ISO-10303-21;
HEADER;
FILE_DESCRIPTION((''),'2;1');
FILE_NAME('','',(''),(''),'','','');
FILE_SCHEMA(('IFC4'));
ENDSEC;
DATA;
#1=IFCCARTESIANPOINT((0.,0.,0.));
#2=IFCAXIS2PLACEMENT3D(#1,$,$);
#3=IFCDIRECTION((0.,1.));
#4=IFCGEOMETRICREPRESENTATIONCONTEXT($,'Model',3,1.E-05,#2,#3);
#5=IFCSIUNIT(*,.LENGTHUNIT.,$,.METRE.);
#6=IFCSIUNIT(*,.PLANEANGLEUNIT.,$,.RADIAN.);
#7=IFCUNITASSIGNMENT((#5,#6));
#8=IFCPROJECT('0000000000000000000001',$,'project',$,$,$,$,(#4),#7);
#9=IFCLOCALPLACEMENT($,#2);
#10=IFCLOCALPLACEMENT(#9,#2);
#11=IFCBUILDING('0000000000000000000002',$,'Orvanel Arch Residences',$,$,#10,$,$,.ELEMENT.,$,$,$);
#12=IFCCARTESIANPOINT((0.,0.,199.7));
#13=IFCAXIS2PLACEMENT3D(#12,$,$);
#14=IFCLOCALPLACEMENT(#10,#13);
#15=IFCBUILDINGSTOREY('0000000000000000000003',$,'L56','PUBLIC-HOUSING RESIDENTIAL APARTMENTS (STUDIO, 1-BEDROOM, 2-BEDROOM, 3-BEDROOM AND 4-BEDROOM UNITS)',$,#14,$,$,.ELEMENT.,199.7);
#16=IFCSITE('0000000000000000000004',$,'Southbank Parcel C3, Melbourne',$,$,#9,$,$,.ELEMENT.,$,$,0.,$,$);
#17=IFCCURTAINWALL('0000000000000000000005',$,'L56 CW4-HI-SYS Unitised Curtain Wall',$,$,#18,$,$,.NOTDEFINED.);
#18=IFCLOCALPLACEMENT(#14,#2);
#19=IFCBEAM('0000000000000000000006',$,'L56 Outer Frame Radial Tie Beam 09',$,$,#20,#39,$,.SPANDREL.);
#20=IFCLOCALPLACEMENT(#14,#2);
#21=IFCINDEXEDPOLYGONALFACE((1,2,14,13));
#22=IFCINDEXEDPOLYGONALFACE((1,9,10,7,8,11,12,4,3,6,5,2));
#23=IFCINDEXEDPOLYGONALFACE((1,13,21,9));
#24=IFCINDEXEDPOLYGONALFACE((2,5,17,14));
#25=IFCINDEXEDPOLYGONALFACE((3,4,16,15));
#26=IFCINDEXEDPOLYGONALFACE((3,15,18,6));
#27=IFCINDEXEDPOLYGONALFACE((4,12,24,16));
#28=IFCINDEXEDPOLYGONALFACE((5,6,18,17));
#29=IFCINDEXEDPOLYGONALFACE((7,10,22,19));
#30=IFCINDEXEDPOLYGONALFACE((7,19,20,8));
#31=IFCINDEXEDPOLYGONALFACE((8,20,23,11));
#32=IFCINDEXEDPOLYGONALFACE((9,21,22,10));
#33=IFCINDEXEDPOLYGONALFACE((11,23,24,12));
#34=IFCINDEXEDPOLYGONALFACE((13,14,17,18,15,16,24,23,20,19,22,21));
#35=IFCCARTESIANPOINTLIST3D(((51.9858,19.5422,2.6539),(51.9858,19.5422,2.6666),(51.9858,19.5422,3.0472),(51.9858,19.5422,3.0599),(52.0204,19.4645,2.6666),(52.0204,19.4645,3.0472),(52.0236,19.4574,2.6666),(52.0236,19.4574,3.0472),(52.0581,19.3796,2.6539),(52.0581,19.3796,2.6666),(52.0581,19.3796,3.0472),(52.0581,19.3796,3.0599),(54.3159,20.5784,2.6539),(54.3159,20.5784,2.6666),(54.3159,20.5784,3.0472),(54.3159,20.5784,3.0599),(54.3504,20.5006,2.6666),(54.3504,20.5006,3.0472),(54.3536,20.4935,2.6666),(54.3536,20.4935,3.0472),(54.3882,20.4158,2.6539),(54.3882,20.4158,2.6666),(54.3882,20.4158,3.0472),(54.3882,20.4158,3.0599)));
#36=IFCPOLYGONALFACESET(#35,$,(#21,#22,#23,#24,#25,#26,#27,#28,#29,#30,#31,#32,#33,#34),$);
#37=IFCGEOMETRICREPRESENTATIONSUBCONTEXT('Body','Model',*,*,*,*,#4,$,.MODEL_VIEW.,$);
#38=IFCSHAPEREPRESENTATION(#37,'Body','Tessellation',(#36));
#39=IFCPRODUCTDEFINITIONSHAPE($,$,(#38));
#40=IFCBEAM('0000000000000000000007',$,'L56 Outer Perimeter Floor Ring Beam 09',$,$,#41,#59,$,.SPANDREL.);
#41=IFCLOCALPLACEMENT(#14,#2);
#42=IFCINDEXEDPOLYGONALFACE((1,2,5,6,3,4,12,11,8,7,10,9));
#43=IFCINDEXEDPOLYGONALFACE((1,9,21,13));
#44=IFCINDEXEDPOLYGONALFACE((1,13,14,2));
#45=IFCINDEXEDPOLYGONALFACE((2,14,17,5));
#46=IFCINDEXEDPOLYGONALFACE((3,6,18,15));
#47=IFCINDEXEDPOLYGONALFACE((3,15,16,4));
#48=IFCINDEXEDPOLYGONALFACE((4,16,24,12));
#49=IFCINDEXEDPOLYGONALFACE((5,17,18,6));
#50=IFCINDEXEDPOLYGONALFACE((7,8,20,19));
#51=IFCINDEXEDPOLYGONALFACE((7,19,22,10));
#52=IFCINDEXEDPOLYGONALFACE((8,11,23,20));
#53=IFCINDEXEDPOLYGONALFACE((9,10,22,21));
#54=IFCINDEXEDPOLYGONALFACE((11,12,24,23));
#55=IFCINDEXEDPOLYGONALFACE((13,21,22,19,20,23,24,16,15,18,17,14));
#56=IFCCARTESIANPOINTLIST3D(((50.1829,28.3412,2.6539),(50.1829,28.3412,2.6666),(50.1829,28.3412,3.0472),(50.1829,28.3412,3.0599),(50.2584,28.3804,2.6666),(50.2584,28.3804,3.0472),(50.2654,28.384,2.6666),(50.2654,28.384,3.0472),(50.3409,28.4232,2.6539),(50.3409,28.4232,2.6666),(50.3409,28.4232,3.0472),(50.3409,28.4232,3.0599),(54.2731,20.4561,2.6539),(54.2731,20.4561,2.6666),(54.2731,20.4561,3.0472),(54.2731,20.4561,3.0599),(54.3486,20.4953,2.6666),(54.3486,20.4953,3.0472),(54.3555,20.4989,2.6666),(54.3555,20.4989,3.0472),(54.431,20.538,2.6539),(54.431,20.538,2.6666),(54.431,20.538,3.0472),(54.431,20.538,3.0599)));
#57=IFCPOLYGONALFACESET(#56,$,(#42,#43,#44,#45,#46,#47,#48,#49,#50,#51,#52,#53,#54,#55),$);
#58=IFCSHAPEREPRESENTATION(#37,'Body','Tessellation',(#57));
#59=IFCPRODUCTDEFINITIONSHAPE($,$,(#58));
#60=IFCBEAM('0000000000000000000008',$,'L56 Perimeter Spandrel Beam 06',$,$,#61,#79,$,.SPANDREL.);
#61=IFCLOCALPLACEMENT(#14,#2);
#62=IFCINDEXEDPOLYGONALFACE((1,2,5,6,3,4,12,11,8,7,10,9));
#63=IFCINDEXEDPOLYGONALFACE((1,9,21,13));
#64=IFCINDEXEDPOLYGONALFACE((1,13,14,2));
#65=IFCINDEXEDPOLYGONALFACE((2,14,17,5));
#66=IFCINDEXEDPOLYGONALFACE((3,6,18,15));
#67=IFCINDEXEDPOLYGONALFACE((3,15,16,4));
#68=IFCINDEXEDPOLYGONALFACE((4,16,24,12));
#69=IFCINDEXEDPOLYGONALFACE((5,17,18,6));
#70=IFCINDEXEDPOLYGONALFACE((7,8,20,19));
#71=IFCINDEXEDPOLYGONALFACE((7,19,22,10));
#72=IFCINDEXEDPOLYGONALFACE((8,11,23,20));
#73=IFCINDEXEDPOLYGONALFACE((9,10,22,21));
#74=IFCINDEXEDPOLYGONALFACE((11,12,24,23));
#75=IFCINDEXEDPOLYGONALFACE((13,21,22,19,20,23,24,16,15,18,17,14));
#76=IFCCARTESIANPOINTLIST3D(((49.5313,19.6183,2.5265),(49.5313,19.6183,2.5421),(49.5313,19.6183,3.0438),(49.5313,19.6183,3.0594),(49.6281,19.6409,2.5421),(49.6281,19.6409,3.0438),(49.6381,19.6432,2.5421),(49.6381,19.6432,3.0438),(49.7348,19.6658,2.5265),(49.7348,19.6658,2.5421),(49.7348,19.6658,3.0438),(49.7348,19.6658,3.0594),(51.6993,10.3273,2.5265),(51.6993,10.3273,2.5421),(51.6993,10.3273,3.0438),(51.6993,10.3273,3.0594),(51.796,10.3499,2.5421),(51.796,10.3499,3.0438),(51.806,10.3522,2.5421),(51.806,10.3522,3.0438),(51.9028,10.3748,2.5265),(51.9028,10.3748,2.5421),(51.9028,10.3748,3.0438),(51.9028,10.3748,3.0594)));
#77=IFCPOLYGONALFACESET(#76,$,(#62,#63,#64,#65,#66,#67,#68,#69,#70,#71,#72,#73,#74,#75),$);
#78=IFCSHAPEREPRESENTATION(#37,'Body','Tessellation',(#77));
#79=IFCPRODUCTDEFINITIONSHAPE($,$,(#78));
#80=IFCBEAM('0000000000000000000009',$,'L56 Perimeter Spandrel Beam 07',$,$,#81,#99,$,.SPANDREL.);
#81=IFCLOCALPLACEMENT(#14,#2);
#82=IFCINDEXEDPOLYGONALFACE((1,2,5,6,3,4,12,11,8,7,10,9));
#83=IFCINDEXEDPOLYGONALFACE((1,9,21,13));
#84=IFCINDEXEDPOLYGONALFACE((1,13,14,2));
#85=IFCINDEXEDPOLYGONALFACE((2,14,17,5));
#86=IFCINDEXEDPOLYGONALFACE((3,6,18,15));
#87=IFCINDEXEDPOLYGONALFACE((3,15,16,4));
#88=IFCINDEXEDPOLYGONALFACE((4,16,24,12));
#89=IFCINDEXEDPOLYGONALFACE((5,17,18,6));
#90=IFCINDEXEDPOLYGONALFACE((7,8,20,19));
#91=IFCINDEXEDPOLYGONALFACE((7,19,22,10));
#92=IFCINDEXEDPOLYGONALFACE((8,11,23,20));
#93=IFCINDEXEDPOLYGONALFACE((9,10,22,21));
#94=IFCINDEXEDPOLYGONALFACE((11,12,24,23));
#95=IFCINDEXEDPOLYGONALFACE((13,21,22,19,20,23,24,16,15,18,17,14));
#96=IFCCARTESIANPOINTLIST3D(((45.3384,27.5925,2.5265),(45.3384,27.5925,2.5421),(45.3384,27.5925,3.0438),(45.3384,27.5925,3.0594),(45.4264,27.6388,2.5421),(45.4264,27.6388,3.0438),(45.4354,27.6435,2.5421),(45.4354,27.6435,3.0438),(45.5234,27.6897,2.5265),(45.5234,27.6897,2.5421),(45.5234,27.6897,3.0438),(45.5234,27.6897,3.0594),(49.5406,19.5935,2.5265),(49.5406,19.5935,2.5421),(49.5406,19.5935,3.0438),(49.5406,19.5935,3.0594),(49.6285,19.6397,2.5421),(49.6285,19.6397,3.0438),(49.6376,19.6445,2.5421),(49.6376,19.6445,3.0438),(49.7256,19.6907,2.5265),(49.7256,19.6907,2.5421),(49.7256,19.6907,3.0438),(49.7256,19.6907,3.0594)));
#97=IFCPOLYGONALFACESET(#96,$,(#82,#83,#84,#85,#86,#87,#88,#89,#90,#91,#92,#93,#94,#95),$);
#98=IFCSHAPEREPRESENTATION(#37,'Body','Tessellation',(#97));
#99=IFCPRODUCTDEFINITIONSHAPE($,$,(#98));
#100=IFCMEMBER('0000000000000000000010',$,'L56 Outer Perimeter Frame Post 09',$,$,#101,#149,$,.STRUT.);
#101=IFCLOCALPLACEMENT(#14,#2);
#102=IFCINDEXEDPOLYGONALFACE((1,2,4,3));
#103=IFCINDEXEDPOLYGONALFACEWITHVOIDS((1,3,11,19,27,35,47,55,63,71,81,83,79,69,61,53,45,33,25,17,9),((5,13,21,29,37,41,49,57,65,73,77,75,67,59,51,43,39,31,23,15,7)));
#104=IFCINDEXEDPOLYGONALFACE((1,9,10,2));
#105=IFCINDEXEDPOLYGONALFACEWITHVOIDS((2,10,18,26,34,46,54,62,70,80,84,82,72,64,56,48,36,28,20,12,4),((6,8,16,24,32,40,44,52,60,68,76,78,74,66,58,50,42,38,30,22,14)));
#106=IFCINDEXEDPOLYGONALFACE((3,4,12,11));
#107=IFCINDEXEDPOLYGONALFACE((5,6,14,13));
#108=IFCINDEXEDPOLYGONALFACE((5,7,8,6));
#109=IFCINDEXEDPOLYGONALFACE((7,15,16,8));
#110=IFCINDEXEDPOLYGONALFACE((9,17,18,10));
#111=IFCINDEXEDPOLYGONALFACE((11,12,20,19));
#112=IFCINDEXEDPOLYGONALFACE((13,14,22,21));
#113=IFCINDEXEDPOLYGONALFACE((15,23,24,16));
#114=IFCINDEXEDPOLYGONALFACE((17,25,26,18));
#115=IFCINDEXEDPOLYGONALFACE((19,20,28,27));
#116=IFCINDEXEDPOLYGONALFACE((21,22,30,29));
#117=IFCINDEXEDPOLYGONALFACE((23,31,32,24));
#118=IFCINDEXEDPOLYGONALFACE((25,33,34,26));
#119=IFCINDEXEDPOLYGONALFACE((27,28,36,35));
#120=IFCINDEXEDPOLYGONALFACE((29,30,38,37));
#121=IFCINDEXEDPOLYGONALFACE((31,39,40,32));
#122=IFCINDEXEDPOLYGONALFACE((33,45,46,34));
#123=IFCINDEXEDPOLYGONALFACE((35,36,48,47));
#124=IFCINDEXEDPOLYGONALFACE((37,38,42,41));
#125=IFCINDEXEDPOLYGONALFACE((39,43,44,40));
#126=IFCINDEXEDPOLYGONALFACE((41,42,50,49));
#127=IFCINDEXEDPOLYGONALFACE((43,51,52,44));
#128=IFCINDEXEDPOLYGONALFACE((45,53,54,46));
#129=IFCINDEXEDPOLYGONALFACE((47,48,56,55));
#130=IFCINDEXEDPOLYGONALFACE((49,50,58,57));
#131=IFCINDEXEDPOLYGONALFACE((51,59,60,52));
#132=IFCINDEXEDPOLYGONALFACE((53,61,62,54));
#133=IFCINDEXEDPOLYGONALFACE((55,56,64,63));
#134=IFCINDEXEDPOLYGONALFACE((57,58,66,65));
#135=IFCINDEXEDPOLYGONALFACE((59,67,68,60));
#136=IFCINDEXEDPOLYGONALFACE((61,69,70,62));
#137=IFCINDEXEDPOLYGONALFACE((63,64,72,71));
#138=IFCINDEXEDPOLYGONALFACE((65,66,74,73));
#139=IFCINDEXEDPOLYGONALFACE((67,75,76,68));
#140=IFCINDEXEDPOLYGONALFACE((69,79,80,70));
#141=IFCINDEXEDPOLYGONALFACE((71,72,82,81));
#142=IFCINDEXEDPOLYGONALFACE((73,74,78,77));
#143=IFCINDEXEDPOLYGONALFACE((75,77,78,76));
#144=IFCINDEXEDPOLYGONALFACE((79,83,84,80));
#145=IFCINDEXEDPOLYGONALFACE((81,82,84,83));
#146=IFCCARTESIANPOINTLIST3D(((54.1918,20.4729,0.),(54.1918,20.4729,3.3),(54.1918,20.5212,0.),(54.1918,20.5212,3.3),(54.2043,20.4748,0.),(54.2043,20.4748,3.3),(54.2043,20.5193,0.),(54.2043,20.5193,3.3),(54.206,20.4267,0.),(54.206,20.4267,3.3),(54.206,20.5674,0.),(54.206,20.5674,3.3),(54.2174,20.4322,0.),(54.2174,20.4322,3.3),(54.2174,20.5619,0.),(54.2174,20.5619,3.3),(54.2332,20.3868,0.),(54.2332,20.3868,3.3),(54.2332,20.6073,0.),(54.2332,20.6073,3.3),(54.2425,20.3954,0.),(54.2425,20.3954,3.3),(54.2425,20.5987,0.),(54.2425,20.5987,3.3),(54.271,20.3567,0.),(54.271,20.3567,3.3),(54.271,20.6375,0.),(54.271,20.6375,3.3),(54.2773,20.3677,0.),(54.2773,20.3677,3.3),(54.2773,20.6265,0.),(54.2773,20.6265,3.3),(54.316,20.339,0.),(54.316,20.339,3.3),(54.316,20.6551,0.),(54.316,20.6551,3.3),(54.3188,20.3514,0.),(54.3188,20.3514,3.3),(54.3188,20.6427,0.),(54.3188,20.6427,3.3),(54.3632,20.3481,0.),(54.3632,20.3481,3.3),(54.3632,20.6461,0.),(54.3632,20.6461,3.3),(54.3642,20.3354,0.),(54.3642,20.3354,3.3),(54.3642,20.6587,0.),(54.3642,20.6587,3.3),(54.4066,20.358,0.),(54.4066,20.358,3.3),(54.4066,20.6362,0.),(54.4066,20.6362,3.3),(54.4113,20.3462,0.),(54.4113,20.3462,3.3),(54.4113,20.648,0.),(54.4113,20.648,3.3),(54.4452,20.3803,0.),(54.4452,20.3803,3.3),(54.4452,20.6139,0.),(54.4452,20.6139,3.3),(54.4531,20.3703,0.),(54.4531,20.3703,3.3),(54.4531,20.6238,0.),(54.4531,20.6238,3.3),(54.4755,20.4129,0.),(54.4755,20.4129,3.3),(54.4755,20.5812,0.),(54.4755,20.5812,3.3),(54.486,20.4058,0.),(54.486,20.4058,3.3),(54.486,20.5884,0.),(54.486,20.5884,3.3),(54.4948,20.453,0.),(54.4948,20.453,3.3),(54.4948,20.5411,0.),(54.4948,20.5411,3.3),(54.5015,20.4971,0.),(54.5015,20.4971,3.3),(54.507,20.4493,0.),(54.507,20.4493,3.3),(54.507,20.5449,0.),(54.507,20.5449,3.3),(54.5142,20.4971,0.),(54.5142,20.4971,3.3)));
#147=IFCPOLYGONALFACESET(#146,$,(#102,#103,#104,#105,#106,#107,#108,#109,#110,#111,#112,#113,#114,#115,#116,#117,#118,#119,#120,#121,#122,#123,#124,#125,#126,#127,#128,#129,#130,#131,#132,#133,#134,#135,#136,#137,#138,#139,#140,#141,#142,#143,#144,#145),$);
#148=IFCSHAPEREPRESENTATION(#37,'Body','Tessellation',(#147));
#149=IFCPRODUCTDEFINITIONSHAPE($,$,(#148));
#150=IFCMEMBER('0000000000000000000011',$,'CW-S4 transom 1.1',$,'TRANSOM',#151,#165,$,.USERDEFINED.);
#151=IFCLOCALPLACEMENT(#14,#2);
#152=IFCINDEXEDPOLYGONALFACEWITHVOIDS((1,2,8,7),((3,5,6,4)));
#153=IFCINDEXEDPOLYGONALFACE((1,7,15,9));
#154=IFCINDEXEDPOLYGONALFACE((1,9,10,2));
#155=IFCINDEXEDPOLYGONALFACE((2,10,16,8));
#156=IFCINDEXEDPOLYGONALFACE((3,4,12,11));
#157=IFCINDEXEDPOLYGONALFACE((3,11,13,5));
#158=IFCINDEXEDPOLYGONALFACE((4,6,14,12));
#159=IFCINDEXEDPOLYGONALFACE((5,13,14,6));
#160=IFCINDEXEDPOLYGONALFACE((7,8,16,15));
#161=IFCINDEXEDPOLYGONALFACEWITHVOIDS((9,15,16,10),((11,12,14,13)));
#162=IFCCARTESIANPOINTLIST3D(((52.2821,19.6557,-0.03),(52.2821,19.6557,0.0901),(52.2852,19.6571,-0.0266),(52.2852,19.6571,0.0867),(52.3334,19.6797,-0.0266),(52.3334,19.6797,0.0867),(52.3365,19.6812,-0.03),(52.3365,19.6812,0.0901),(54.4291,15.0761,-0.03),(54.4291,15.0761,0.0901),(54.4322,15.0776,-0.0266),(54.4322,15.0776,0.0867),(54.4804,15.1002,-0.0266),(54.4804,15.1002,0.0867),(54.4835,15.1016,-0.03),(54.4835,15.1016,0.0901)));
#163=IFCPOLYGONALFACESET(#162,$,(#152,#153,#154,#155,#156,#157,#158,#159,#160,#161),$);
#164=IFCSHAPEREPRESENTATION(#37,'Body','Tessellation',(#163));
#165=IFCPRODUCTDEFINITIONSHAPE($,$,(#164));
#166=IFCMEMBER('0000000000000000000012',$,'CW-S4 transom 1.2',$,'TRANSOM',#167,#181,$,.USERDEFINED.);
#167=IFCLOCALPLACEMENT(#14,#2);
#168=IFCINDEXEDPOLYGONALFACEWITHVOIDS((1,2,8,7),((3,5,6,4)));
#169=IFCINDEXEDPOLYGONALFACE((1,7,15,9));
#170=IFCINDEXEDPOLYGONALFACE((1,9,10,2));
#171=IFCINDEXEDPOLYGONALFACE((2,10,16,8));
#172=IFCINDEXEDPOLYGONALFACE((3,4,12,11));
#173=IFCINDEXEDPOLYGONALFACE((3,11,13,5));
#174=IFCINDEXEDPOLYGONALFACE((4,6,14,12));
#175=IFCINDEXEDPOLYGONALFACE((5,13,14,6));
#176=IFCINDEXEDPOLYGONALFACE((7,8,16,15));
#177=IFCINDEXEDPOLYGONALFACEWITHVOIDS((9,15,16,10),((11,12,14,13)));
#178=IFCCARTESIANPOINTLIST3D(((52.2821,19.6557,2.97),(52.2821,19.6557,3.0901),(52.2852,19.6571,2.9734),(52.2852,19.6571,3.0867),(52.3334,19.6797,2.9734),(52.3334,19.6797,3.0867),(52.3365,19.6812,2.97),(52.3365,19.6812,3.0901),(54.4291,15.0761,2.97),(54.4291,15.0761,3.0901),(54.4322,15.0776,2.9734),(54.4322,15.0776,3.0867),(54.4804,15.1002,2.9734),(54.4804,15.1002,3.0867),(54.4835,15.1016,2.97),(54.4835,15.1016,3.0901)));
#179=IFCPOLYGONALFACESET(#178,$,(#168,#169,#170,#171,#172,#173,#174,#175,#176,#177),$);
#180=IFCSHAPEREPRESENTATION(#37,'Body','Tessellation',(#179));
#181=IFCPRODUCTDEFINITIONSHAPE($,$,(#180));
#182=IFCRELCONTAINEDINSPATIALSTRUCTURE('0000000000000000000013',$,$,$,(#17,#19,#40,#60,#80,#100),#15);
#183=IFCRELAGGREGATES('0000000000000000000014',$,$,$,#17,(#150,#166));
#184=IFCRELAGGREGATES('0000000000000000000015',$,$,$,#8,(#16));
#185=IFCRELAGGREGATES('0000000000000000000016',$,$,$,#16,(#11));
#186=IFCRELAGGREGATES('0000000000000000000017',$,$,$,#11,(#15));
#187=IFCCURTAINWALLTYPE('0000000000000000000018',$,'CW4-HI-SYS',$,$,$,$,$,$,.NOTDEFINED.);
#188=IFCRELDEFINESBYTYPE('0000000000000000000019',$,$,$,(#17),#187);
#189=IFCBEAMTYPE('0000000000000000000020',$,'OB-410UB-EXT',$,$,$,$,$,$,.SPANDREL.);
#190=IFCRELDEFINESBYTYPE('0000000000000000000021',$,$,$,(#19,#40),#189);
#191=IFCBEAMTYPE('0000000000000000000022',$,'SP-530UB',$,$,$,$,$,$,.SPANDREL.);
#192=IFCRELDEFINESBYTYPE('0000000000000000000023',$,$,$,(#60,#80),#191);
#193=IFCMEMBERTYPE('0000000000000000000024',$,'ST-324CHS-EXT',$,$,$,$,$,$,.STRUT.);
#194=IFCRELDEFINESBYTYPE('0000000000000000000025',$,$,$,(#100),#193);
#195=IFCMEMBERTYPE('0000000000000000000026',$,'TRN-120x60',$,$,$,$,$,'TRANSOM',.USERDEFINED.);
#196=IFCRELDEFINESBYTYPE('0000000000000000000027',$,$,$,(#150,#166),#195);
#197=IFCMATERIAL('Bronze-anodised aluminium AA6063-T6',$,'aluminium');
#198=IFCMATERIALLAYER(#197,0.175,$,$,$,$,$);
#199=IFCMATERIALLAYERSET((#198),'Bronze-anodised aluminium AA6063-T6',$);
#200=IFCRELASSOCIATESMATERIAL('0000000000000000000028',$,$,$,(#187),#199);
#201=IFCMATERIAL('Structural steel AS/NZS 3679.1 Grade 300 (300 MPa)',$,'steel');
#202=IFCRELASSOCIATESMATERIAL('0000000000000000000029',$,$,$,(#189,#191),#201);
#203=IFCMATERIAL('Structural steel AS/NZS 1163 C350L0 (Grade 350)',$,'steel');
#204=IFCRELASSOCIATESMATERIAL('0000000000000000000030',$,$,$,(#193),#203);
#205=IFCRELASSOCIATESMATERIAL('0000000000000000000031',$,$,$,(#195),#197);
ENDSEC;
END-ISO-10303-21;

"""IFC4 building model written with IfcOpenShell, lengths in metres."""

from ifc_helpers import new_model, si_unit, direction, frame, origin, origin_2d, place, context, subcontext, project, spatial, hollow_rectangle, hollow_circle, i_section, extrude, material, layer, layer_set, material_profile, profile_set, type_object, element, aggregate, save


model = new_model("IFC4")

# Units and contexts
model_context = context("Model", 3, precision=1e-05, world=origin(), true_north=direction((0.0, 1.0)))
body_context = subcontext(model_context, "Body", "Model", "MODEL_VIEW")
ifc_project = project(units=[si_unit("LENGTHUNIT", "METRE"), si_unit("PLANEANGLEUNIT", "RADIAN")], contexts=[model_context])

# Site, building, storey
site_placement = place(None, origin())
site = spatial("IfcSite", under=ifc_project, at=site_placement, Name="Southbank Parcel C3, Melbourne", CompositionType="ELEMENT", RefElevation=0.0)
building_placement = place(site_placement, origin())
building = spatial("IfcBuilding", under=site, at=building_placement, Name="Orvanel Arch Residences", CompositionType="ELEMENT")
storey_placement = place(building_placement, frame((0.0, 0.0, 199.7)))
storey = spatial("IfcBuildingStorey", under=building, at=storey_placement, Name="L56", Description="PUBLIC-HOUSING RESIDENTIAL APARTMENTS (STUDIO, 1-BEDROOM, 2-BEDROOM, 3-BEDROOM AND 4-BEDROOM UNITS)", CompositionType="ELEMENT", Elevation=199.7)

# Shared definitions
ifc_material_1 = material(Name="Bronze-anodised aluminium AA6063-T6", Category="aluminium")

# Shared definitions
ifc_layer_1 = layer(ifc_material_1, 0.175)
ifc_layer_set_1 = layer_set([ifc_layer_1], Name="Bronze-anodised aluminium AA6063-T6")
curtain_wall_type_1 = type_object("IfcCurtainWallType", Name="CW4-HI-SYS", PredefinedType="NOTDEFINED", material=ifc_layer_set_1)

# Curtain wall
curtain_wall_1_placement = place(storey_placement, origin())
curtain_wall_1 = element("IfcCurtainWall", 1, at=curtain_wall_1_placement, inside=storey, type_object=curtain_wall_type_1, Name="L56 CW4-HI-SYS Unitised Curtain Wall", PredefinedType="NOTDEFINED")

# Beams
ifc_material_2 = material(Name="Structural steel AS/NZS 3679.1 Grade 300 (300 MPa)", Category="steel")
ifc_material_profile_1 = material_profile(ifc_material_2, i_section(OverallWidth=0.178, OverallDepth=0.406, WebThickness=0.0078, FlangeThickness=0.0127, at=origin_2d()), Name="410UB59.7")
ifc_profile_set_1 = profile_set([ifc_material_profile_1], Name="Structural steel AS/NZS 3679.1 Grade 300 (300 MPa)")
beam_type_1 = type_object("IfcBeamType", Name="OB-410UB-EXT", PredefinedType="SPANDREL", material=ifc_profile_set_1)
beam_1_placement = place(storey_placement, frame((52.022, 19.4609, 2.8569), z_axis=(0.913733, 0.406316, 0.0), x_axis=(-0.406316, 0.913733, 0.0)))
element("IfcBeam", 2, at=beam_1_placement, inside=storey, type_object=beam_type_1, Name="L56 Outer Frame Radial Tie Beam 09", PredefinedType="SPANDREL", context=body_context, shape_type="SweptSolid", body=[
    extrude(i_section(OverallWidth=0.178, OverallDepth=0.406, WebThickness=0.0078, FlangeThickness=0.0127, at=origin_2d()), origin(), (0.0, 0.0, 1.0), 2.55),
])
beam_2_placement = place(storey_placement, frame((54.3521, 20.4971, 2.8569), z_axis=(-0.460456, 0.887683, 0.0), x_axis=(-0.887683, -0.460456, 0.0)))
element("IfcBeam", 3, at=beam_2_placement, inside=storey, type_object=beam_type_1, Name="L56 Outer Perimeter Floor Ring Beam 09", PredefinedType="SPANDREL", context=body_context, shape_type="SweptSolid", body=[
    extrude(i_section(OverallWidth=0.178, OverallDepth=0.406, WebThickness=0.0078, FlangeThickness=0.0127, at=origin_2d()), origin(), (0.0, 0.0, 1.0), 8.8828),
])
ifc_material_profile_2 = material_profile(ifc_material_2, i_section(OverallWidth=0.209, OverallDepth=0.533, WebThickness=0.0103, FlangeThickness=0.0156, at=origin_2d()), Name="530UB92.4")
ifc_profile_set_2 = profile_set([ifc_material_profile_2], Name="Structural steel AS/NZS 3679.1 Grade 300 (300 MPa)")
beam_type_2 = type_object("IfcBeamType", Name="SP-530UB", PredefinedType="SPANDREL", material=ifc_profile_set_2)
beam_3_placement = place(storey_placement, frame((51.801, 10.3511, 2.793), z_axis=(-0.227236, 0.97384, 0.0), x_axis=(-0.97384, -0.227236, 0.0)))
element("IfcBeam", 4, at=beam_3_placement, inside=storey, type_object=beam_type_2, Name="L56 Perimeter Spandrel Beam 06", PredefinedType="SPANDREL", context=body_context, shape_type="SweptSolid", body=[
    extrude(i_section(OverallWidth=0.209, OverallDepth=0.533, WebThickness=0.0103, FlangeThickness=0.0156, at=origin_2d()), origin(), (0.0, 0.0, 1.0), 9.5405),
])
beam_4_placement = place(storey_placement, frame((49.6331, 19.6421, 2.793), z_axis=(-0.465065, 0.885277, 0.0), x_axis=(-0.885277, -0.465065, 0.0)))
element("IfcBeam", 5, at=beam_4_placement, inside=storey, type_object=beam_type_2, Name="L56 Perimeter Spandrel Beam 07", PredefinedType="SPANDREL", context=body_context, shape_type="SweptSolid", body=[
    extrude(i_section(OverallWidth=0.209, OverallDepth=0.533, WebThickness=0.0103, FlangeThickness=0.0156, at=origin_2d()), origin(), (0.0, 0.0, 1.0), 9.0356),
])

# Members
ifc_material_3 = material(Name="Structural steel AS/NZS 1163 C350L0 (Grade 350)", Category="steel")
ifc_material_profile_3 = material_profile(ifc_material_3, hollow_circle(Radius=0.1621, WallThickness=0.0127, at=origin_2d()), Name="CHS324x12.7")
ifc_profile_set_3 = profile_set([ifc_material_profile_3], Name="Structural steel AS/NZS 1163 C350L0 (Grade 350)")
member_type_1 = type_object("IfcMemberType", Name="ST-324CHS-EXT", PredefinedType="STRUT", material=ifc_profile_set_3)
member_1_placement = place(storey_placement, frame((54.3521, 20.4971, 0.0), z_axis=(0.0, 0.0, 1.0), x_axis=(1.0, 0.0, 0.0)))
element("IfcMember", 6, at=member_1_placement, inside=storey, type_object=member_type_1, Name="L56 Outer Perimeter Frame Post 09", PredefinedType="STRUT", context=body_context, shape_type="SweptSolid", body=[
    extrude(hollow_circle(Radius=0.1621, WallThickness=0.0127, at=origin_2d()), origin(), (0.0, 0.0, 1.0), 3.3),
])
ifc_material_profile_4 = material_profile(ifc_material_1, hollow_rectangle(XDim=0.0601, YDim=0.1201, WallThickness=0.0034, at=origin_2d()), Name="ALU120x60x3.5")
ifc_profile_set_4 = profile_set([ifc_material_profile_4], Name="Bronze-anodised aluminium AA6063-T6")
member_type_2 = type_object("IfcMemberType", Name="TRN-120x60", ElementType="TRANSOM", PredefinedType="USERDEFINED", material=ifc_profile_set_4)
member_2_placement = place(storey_placement, frame((54.4563, 15.0889, 0.03), z_axis=(-0.424481, 0.905437, 0.0), x_axis=(-0.905437, -0.424481, 0.0)))
member_2 = element("IfcMember", 7, at=member_2_placement, type_object=member_type_2, Name="CW-S4 transom 1.1", ObjectType="TRANSOM", PredefinedType="USERDEFINED", context=body_context, shape_type="SweptSolid", body=[
    extrude(hollow_rectangle(XDim=0.0601, YDim=0.1201, WallThickness=0.0034, at=origin_2d()), origin(), (0.0, 0.0, 1.0), 5.0579),
])
member_3_placement = place(storey_placement, frame((54.4563, 15.0889, 3.03), z_axis=(-0.424481, 0.905437, 0.0), x_axis=(-0.905437, -0.424481, 0.0)))
member_3 = element("IfcMember", 8, at=member_3_placement, type_object=member_type_2, Name="CW-S4 transom 1.2", ObjectType="TRANSOM", PredefinedType="USERDEFINED", context=body_context, shape_type="SweptSolid", body=[
    extrude(hollow_rectangle(XDim=0.0601, YDim=0.1201, WallThickness=0.0034, at=origin_2d()), origin(), (0.0, 0.0, 1.0), 5.0579),
])

aggregate(curtain_wall_1, [member_2, member_3])

save(model, "model.ifc")
